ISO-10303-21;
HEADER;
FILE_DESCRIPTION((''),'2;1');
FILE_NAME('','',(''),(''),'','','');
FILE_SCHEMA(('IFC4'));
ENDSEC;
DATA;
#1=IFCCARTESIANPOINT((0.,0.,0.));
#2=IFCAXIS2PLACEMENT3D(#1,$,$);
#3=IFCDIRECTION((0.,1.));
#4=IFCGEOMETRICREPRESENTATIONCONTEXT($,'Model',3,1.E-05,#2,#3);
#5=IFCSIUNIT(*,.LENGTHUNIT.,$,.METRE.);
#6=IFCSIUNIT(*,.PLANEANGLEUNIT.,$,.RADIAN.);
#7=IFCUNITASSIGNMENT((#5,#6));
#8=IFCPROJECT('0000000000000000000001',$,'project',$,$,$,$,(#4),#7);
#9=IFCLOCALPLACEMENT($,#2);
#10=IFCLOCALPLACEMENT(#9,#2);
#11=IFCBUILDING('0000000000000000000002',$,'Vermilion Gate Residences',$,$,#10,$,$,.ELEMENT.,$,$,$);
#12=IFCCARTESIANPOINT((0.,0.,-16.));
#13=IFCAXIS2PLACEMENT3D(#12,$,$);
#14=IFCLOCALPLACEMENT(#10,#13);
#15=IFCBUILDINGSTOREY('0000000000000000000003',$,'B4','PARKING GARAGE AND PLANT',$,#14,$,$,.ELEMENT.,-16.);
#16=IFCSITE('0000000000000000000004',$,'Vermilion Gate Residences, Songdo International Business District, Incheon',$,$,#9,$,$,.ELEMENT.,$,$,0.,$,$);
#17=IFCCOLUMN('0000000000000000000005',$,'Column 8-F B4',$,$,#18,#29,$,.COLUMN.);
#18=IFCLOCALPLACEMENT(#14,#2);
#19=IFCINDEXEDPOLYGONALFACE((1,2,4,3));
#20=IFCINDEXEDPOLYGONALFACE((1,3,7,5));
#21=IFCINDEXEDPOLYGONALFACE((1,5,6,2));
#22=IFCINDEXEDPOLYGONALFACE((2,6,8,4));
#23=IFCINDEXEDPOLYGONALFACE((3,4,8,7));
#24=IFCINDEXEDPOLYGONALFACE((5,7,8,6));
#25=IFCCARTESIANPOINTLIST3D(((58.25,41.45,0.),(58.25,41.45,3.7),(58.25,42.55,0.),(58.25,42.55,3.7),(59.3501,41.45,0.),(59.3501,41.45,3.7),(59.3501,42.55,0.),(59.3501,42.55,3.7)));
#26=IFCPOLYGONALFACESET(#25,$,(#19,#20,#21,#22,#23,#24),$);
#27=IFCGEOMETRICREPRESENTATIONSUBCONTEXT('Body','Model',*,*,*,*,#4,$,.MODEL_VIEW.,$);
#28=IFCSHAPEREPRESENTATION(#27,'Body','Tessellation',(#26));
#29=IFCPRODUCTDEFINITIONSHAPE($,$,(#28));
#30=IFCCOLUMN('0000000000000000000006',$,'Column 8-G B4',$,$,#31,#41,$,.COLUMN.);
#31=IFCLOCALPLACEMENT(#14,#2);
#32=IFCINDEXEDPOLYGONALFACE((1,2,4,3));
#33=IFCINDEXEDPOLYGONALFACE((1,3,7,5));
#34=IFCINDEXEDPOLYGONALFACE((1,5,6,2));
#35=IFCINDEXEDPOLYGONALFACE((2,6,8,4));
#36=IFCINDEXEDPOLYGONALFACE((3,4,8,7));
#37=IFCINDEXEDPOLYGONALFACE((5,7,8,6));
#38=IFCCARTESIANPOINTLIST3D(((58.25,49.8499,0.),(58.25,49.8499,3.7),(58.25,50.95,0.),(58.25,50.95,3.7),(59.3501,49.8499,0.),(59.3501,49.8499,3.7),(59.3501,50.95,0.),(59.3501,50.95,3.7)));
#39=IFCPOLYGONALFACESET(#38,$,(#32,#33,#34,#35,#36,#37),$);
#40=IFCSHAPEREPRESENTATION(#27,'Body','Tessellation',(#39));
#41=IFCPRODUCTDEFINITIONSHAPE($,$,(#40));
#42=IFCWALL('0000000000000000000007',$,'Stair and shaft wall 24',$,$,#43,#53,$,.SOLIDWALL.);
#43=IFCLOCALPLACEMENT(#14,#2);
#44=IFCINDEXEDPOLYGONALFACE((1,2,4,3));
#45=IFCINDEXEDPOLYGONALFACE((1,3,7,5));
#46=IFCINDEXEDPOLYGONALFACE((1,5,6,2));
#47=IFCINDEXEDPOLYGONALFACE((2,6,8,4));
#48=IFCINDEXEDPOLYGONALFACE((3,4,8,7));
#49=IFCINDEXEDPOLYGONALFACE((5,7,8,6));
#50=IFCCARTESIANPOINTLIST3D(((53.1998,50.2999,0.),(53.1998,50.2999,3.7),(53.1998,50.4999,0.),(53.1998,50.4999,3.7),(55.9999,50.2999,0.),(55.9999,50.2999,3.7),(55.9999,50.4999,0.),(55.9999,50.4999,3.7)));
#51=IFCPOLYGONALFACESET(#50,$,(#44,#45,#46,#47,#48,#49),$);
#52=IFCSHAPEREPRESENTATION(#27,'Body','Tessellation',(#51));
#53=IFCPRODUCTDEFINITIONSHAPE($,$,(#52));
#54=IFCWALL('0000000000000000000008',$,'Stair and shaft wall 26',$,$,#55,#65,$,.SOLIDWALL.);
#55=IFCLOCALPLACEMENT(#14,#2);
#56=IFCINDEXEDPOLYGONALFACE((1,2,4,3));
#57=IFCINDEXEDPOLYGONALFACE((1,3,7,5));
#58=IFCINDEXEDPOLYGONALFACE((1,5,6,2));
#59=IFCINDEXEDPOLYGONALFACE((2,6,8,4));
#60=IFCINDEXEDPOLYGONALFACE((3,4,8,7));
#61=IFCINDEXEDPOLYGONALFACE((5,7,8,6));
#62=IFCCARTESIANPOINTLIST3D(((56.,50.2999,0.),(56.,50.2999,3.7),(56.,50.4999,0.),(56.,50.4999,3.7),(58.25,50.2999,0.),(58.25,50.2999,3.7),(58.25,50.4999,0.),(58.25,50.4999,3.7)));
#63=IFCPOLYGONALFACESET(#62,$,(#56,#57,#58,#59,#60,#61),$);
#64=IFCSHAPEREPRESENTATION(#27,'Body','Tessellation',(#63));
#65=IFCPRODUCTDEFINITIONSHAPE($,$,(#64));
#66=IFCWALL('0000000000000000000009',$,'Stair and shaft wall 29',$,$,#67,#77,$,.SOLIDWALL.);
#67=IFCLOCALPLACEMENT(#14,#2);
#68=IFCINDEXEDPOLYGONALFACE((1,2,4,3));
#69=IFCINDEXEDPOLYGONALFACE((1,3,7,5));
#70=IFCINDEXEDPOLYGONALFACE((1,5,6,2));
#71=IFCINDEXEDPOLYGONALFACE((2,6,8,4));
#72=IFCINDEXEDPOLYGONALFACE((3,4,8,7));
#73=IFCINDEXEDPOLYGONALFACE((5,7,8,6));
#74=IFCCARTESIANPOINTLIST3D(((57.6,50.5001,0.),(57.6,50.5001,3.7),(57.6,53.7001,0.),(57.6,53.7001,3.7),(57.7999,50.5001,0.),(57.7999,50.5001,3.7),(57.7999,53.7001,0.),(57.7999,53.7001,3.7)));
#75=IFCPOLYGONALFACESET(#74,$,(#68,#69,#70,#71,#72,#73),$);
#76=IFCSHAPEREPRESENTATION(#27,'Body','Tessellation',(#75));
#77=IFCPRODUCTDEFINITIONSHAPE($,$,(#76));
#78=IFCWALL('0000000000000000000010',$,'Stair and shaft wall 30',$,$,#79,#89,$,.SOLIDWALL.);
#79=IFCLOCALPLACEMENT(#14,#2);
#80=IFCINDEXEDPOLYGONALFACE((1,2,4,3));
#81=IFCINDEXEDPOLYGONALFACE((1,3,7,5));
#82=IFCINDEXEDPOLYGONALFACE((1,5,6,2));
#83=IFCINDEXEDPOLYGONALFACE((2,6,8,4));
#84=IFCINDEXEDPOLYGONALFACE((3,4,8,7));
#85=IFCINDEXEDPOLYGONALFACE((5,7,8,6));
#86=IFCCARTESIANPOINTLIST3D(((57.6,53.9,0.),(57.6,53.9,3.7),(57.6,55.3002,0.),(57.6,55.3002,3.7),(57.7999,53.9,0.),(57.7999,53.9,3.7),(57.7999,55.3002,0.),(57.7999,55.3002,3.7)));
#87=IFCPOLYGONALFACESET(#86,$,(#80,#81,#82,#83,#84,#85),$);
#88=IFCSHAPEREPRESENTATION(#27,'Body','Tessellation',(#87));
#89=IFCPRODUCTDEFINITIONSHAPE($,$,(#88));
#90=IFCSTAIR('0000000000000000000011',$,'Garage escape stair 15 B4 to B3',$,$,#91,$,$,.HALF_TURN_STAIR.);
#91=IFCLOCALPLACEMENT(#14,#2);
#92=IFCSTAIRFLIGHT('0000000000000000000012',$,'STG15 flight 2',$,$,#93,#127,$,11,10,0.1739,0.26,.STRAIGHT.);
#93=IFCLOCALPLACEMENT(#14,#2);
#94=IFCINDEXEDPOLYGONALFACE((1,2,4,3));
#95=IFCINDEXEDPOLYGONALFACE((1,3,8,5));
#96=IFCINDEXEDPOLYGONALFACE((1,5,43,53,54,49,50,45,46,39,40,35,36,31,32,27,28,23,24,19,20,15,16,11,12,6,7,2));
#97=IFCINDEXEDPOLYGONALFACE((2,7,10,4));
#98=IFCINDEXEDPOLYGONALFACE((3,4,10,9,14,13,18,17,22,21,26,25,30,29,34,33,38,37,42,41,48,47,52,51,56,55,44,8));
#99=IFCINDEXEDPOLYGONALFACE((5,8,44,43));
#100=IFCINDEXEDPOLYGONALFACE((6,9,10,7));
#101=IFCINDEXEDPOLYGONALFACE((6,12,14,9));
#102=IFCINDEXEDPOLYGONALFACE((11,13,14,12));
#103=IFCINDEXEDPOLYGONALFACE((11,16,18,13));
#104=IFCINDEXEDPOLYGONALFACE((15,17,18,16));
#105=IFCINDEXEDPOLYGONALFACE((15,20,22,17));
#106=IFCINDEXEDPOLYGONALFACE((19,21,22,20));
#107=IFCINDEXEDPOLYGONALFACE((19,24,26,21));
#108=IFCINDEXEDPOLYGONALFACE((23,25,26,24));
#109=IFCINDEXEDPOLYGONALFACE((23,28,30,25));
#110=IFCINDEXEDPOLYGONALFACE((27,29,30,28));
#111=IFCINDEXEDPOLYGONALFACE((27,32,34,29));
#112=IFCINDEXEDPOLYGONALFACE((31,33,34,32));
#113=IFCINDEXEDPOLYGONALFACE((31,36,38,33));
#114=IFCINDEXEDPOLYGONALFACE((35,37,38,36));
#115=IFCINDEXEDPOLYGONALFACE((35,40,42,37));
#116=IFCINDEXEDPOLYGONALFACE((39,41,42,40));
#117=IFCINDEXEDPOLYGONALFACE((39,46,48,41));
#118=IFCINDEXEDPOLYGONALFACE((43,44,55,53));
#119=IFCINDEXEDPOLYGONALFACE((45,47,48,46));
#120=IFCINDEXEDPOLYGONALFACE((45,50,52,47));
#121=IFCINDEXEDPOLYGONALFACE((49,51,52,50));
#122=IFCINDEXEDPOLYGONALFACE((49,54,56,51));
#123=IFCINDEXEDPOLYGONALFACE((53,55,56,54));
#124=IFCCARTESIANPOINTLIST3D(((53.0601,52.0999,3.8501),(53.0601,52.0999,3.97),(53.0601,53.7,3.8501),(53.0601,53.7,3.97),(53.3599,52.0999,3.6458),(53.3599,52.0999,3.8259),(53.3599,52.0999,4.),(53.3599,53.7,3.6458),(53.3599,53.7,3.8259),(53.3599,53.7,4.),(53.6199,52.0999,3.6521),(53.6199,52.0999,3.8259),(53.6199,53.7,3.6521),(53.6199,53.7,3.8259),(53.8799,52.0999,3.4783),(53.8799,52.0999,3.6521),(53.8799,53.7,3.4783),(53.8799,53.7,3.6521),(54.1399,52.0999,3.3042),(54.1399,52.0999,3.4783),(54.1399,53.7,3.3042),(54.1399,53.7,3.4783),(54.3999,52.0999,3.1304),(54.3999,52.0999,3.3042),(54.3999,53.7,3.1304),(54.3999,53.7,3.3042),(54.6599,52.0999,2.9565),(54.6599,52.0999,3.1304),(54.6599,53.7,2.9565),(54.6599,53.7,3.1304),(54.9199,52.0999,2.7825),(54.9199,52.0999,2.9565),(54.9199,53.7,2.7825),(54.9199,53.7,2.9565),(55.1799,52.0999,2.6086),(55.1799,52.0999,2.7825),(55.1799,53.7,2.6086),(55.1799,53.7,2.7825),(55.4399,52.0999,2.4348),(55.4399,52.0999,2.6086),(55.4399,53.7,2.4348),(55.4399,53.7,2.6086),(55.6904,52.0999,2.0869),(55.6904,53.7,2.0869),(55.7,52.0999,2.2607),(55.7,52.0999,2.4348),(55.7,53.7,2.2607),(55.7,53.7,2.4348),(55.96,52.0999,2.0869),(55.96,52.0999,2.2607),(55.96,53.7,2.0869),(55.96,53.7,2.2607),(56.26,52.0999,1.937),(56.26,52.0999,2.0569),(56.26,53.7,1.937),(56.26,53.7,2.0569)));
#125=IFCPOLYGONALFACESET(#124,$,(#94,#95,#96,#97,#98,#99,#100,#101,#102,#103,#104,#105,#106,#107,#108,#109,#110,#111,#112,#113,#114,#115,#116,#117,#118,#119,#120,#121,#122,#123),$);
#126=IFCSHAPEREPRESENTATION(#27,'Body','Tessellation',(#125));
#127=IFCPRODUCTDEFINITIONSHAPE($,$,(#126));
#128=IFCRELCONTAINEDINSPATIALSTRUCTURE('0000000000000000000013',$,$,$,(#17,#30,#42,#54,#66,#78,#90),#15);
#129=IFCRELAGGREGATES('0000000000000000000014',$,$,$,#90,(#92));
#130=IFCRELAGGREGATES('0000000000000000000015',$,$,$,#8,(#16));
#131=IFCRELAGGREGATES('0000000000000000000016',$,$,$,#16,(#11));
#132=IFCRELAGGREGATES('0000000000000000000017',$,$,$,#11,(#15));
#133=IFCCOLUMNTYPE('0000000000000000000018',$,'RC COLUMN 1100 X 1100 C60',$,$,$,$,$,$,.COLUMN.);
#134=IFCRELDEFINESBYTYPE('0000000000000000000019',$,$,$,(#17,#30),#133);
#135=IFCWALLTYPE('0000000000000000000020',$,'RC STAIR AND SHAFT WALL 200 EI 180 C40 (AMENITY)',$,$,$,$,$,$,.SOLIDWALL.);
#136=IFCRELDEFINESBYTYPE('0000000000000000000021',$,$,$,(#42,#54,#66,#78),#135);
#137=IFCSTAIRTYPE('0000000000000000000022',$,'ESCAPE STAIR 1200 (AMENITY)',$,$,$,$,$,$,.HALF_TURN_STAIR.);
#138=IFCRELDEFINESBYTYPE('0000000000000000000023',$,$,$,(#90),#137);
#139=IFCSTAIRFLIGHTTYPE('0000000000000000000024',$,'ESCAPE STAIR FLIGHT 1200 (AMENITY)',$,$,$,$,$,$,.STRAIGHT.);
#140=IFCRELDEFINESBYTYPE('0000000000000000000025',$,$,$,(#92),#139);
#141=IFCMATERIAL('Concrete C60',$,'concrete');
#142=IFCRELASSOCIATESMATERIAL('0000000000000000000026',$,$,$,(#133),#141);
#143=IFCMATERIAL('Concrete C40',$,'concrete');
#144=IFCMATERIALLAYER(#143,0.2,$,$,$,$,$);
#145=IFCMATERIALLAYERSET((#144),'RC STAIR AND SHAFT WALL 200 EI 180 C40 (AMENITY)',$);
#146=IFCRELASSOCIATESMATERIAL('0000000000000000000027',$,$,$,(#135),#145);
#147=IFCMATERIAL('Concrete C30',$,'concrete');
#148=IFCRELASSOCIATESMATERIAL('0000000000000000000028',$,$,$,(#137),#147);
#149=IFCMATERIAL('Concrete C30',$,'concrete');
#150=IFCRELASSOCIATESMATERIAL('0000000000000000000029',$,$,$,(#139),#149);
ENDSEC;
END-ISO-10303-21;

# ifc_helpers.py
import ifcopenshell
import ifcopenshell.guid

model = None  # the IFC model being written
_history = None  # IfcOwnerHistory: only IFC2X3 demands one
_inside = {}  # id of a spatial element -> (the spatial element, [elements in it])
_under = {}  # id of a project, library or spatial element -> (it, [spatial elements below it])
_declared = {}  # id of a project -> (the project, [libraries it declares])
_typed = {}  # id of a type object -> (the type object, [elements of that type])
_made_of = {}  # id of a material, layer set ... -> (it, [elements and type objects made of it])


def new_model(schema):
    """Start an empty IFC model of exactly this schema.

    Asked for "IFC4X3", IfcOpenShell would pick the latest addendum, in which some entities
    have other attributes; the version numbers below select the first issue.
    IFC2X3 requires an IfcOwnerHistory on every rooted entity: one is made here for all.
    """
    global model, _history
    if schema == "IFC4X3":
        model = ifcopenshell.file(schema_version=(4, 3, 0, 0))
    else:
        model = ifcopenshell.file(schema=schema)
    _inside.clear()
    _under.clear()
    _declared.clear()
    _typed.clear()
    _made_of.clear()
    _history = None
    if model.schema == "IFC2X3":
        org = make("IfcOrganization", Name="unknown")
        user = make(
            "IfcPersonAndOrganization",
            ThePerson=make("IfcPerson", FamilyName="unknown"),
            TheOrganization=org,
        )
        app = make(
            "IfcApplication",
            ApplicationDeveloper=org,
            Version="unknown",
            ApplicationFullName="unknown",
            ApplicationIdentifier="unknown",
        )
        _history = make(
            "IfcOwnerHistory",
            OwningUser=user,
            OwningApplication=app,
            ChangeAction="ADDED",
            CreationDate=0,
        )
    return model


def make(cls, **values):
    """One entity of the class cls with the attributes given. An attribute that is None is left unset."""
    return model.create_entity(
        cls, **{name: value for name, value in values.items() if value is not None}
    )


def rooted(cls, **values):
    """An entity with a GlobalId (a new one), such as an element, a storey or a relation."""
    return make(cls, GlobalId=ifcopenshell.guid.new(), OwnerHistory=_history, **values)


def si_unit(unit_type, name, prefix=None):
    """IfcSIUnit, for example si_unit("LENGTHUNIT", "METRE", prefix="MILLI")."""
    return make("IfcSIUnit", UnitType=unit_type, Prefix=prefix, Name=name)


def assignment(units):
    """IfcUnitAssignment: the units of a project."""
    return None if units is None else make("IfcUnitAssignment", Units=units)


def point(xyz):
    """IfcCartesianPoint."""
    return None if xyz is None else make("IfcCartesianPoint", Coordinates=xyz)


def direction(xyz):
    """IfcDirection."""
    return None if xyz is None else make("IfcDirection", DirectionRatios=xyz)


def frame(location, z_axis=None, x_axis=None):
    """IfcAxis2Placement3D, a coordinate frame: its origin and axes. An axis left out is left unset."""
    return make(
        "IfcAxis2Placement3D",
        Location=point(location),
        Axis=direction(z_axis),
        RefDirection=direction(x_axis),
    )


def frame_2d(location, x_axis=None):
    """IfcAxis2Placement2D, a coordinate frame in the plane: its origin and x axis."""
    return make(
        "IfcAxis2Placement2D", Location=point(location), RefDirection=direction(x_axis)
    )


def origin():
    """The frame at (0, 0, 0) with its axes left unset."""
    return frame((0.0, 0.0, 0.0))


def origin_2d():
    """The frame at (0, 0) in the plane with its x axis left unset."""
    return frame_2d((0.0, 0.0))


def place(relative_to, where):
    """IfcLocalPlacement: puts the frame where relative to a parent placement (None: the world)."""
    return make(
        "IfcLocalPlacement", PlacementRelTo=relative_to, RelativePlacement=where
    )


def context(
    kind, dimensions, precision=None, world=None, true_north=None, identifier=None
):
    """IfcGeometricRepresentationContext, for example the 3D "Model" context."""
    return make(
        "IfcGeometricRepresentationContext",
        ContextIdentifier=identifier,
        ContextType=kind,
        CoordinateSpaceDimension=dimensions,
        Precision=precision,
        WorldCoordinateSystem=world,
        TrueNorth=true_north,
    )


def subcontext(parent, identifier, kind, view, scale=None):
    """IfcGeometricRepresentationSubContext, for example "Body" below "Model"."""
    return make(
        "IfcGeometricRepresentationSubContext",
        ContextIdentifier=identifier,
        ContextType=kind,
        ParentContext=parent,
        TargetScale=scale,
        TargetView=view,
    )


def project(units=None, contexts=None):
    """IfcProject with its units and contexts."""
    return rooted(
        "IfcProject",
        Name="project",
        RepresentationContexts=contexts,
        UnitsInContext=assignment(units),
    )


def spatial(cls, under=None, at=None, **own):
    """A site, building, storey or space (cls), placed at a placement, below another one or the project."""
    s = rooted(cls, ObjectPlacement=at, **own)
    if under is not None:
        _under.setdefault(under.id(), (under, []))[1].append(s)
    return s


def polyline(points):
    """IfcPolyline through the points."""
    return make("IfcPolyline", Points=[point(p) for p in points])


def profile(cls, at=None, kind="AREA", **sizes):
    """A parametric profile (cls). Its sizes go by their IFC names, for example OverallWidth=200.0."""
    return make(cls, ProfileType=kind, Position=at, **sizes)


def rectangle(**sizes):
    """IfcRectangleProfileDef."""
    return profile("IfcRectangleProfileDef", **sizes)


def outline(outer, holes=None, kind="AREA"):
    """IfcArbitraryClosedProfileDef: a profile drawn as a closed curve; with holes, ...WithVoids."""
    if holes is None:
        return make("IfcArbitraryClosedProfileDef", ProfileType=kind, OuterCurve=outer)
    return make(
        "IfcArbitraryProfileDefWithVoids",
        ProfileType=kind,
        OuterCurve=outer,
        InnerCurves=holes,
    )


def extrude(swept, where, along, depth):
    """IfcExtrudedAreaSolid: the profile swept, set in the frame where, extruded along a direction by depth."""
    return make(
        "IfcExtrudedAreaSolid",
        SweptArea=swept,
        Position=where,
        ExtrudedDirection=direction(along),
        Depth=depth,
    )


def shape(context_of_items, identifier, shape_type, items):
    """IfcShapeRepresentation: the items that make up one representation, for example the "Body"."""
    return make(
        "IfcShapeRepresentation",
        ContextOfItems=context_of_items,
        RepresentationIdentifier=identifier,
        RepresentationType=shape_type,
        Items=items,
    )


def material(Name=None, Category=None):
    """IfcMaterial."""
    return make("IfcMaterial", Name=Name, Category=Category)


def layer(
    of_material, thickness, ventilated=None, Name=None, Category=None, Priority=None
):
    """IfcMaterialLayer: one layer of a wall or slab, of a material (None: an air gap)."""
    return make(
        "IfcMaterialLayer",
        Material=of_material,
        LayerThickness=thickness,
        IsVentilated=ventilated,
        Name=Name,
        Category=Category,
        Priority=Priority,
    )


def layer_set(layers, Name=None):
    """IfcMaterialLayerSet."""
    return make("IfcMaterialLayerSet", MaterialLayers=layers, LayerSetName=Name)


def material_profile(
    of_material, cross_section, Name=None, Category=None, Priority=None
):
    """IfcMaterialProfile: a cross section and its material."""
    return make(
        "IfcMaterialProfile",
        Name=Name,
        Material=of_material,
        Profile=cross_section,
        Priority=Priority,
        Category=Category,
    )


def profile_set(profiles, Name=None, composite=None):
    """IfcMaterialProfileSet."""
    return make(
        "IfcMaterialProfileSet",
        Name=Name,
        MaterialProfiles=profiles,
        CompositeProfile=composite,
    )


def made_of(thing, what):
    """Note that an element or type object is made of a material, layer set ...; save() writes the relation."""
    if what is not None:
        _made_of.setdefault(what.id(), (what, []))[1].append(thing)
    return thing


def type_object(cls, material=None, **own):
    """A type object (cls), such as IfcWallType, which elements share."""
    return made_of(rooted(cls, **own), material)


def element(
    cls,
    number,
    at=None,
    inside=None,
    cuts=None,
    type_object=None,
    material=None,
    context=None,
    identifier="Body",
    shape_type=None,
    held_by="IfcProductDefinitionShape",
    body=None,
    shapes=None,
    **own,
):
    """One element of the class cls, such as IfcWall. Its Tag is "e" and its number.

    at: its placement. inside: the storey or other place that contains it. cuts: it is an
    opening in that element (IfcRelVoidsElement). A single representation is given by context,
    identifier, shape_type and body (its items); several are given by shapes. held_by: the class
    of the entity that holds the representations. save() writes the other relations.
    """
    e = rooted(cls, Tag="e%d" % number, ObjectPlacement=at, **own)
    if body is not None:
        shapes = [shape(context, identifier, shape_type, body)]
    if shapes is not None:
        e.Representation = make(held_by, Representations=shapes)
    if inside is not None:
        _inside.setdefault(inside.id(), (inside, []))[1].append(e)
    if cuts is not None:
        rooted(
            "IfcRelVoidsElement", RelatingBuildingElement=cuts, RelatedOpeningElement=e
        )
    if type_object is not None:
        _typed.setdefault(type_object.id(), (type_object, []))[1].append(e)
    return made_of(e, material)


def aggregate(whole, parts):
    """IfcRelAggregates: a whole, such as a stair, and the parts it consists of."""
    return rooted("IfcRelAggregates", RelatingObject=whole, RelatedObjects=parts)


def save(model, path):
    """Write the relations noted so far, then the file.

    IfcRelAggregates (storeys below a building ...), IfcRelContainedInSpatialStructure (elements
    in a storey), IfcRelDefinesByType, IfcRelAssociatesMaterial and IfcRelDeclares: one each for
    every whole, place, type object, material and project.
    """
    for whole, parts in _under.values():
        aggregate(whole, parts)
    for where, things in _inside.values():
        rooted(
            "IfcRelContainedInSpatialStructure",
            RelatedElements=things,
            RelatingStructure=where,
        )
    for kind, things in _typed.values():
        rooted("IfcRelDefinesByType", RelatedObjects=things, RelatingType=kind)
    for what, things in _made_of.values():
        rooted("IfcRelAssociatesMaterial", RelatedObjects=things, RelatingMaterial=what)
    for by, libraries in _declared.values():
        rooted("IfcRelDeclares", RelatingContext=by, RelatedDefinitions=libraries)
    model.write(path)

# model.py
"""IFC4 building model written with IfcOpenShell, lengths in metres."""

from ifc_helpers import new_model, si_unit, direction, frame, frame_2d, origin, origin_2d, place, context, subcontext, project, spatial, polyline, rectangle, outline, extrude, material, layer, layer_set, material_profile, profile_set, type_object, element, aggregate, save


model = new_model("IFC4")

# Units and contexts
model_context = context("Model", 3, precision=1e-05, world=origin(), true_north=direction((0.0, 1.0)))
body_context = subcontext(model_context, "Body", "Model", "MODEL_VIEW")
ifc_project = project(units=[si_unit("LENGTHUNIT", "METRE"), si_unit("PLANEANGLEUNIT", "RADIAN")], contexts=[model_context])

# Site, building, storey
site_placement = place(None, origin())
site = spatial("IfcSite", under=ifc_project, at=site_placement, Name="Vermilion Gate Residences, Songdo International Business District, Incheon", CompositionType="ELEMENT", RefElevation=0.0)
building_placement = place(site_placement, origin())
building = spatial("IfcBuilding", under=site, at=building_placement, Name="Vermilion Gate Residences", CompositionType="ELEMENT")
storey_placement = place(building_placement, frame((0.0, 0.0, -16.0)))
storey = spatial("IfcBuildingStorey", under=building, at=storey_placement, Name="B4", Description="PARKING GARAGE AND PLANT", CompositionType="ELEMENT", Elevation=-16.0)

# Columns
ifc_material_1 = material(Name="Concrete C60", Category="concrete")
ifc_material_profile_1 = material_profile(ifc_material_1, rectangle(XDim=1.1001, YDim=1.1001, at=origin_2d()), Name="RC-1100x1100")
ifc_profile_set_1 = profile_set([ifc_material_profile_1], Name="Concrete C60")
column_type = type_object("IfcColumnType", Name="RC COLUMN 1100 X 1100 C60", PredefinedType="COLUMN", material=ifc_profile_set_1)
for number, where, z_axis, x_axis, name in (
    (1, (58.8, 42.0, 0.0), (0.0, 0.0, 1.0), (1.0, 0.0, 0.0), "Column 8-F B4"),
    (2, (58.8, 50.3999, 0.0), (0.0, 0.0, 1.0), (1.0, 0.0, 0.0), "Column 8-G B4"),
):
    element("IfcColumn", number, at=place(storey_placement, frame(where, z_axis=z_axis, x_axis=x_axis)), inside=storey, type_object=column_type, Name=name, PredefinedType="COLUMN", context=body_context, shape_type="SweptSolid", body=[
        extrude(rectangle(XDim=1.1001, YDim=1.1001, at=origin_2d()), origin(), (0.0, 0.0, 1.0), 3.7),
    ])

# Walls
ifc_material_2 = material(Name="Concrete C40", Category="concrete")
ifc_layer = layer(ifc_material_2, 0.2)
ifc_layer_set = layer_set([ifc_layer], Name="RC STAIR AND SHAFT WALL 200 EI 180 C40 (AMENITY)")
wall_type = type_object("IfcWallType", Name="RC STAIR AND SHAFT WALL 200 EI 180 C40 (AMENITY)", PredefinedType="SOLIDWALL", material=ifc_layer_set)
wall_1_placement = place(storey_placement, frame((53.2, 50.3999, 0.0), z_axis=(0.0, 0.0, 1.0), x_axis=(1.0, 0.0, 0.0)))
element("IfcWall", 3, at=wall_1_placement, inside=storey, type_object=wall_type, Name="Stair and shaft wall 24", PredefinedType="SOLIDWALL", context=body_context, shape_type="SweptSolid", body=[
    extrude(rectangle(XDim=2.8, YDim=0.2, at=frame_2d((1.3999, 0.0))), origin(), (0.0, 0.0, 1.0), 3.7),
])
wall_2_placement = place(storey_placement, frame((56.0, 50.3999, 0.0), z_axis=(0.0, 0.0, 1.0), x_axis=(1.0, 0.0, 0.0)))
element("IfcWall", 4, at=wall_2_placement, inside=storey, type_object=wall_type, Name="Stair and shaft wall 26", PredefinedType="SOLIDWALL", context=body_context, shape_type="SweptSolid", body=[
    extrude(rectangle(XDim=2.25, YDim=0.2, at=frame_2d((1.125, 0.0))), origin(), (0.0, 0.0, 1.0), 3.7),
])
wall_3_placement = place(storey_placement, frame((57.7, 50.5, 0.0), z_axis=(0.0, 0.0, 1.0), x_axis=(0.0, 1.0, 0.0)))
element("IfcWall", 5, at=wall_3_placement, inside=storey, type_object=wall_type, Name="Stair and shaft wall 29", PredefinedType="SOLIDWALL", context=body_context, shape_type="SweptSolid", body=[
    extrude(rectangle(XDim=3.2, YDim=0.2, at=frame_2d((1.6001, 0.0))), origin(), (0.0, 0.0, 1.0), 3.7),
])
wall_4_placement = place(storey_placement, frame((57.7, 53.8999, 0.0), z_axis=(0.0, 0.0, 1.0), x_axis=(0.0, 1.0, 0.0)))
element("IfcWall", 6, at=wall_4_placement, inside=storey, type_object=wall_type, Name="Stair and shaft wall 30", PredefinedType="SOLIDWALL", context=body_context, shape_type="SweptSolid", body=[
    extrude(rectangle(XDim=1.4001, YDim=0.2, at=frame_2d((0.7002, 0.0))), origin(), (0.0, 0.0, 1.0), 3.7),
])

# Stair, stair flight
ifc_material_3 = material(Name="Concrete C30", Category="concrete")
stair_type = type_object("IfcStairType", Name="ESCAPE STAIR 1200 (AMENITY)", PredefinedType="HALF_TURN_STAIR", material=ifc_material_3)
stair_placement = place(storey_placement, origin())
stair = element("IfcStair", 7, at=stair_placement, inside=storey, type_object=stair_type, Name="Garage escape stair 15 B4 to B3", PredefinedType="HALF_TURN_STAIR")
ifc_material_4 = material(Name="Concrete C30", Category="concrete")
stair_flight_type = type_object("IfcStairFlightType", Name="ESCAPE STAIR FLIGHT 1200 (AMENITY)", PredefinedType="STRAIGHT", material=ifc_material_4)
stair_flight_placement = place(storey_placement, frame((55.96, 52.8999, 2.0869), z_axis=(0.0, 0.0, 1.0), x_axis=(-1.0, 0.0, 0.0)))
stair_flight = element("IfcStairFlight", 8, at=stair_flight_placement, type_object=stair_flight_type, Name="STG15 flight 2", NumberOfRisers=11, NumberOfTreads=10, PredefinedType="STRAIGHT", RiserHeight=0.1739, TreadLength=0.26, context=body_context, shape_type="SweptSolid", body=[
    extrude(outline(polyline([(-0.3, -0.1499), (-0.3, -0.03), (0.0, 0.0), (0.0, 0.1738), (0.26, 0.1738), (0.26, 0.3479), (0.52, 0.3479), (0.52, 0.5217), (0.78, 0.5217), (0.78, 0.6956), (1.04, 0.6956), (1.04, 0.8696), (1.3, 0.8696), (1.3, 1.0435), (1.5601, 1.0435), (1.5601, 1.2173), (1.8201, 1.2173), (1.8201, 1.3914), (2.0801, 1.3914), (2.0801, 1.5652), (2.3401, 1.5652), (2.3401, 1.739), (2.6001, 1.739), (2.6001, 1.9131), (2.8999, 1.8831), (2.8999, 1.7632), (2.6001, 1.5588), (0.2695, 0.0), (-0.3, -0.1499)])), frame((0.0, 0.8, 0.0), z_axis=(0.0, -1.0, 0.0), x_axis=(1.0, 0.0, 0.0)), (0.0, 0.0, 1.0), 1.6001),
])
aggregate(stair, [stair_flight])

save(model, "model.ifc")
